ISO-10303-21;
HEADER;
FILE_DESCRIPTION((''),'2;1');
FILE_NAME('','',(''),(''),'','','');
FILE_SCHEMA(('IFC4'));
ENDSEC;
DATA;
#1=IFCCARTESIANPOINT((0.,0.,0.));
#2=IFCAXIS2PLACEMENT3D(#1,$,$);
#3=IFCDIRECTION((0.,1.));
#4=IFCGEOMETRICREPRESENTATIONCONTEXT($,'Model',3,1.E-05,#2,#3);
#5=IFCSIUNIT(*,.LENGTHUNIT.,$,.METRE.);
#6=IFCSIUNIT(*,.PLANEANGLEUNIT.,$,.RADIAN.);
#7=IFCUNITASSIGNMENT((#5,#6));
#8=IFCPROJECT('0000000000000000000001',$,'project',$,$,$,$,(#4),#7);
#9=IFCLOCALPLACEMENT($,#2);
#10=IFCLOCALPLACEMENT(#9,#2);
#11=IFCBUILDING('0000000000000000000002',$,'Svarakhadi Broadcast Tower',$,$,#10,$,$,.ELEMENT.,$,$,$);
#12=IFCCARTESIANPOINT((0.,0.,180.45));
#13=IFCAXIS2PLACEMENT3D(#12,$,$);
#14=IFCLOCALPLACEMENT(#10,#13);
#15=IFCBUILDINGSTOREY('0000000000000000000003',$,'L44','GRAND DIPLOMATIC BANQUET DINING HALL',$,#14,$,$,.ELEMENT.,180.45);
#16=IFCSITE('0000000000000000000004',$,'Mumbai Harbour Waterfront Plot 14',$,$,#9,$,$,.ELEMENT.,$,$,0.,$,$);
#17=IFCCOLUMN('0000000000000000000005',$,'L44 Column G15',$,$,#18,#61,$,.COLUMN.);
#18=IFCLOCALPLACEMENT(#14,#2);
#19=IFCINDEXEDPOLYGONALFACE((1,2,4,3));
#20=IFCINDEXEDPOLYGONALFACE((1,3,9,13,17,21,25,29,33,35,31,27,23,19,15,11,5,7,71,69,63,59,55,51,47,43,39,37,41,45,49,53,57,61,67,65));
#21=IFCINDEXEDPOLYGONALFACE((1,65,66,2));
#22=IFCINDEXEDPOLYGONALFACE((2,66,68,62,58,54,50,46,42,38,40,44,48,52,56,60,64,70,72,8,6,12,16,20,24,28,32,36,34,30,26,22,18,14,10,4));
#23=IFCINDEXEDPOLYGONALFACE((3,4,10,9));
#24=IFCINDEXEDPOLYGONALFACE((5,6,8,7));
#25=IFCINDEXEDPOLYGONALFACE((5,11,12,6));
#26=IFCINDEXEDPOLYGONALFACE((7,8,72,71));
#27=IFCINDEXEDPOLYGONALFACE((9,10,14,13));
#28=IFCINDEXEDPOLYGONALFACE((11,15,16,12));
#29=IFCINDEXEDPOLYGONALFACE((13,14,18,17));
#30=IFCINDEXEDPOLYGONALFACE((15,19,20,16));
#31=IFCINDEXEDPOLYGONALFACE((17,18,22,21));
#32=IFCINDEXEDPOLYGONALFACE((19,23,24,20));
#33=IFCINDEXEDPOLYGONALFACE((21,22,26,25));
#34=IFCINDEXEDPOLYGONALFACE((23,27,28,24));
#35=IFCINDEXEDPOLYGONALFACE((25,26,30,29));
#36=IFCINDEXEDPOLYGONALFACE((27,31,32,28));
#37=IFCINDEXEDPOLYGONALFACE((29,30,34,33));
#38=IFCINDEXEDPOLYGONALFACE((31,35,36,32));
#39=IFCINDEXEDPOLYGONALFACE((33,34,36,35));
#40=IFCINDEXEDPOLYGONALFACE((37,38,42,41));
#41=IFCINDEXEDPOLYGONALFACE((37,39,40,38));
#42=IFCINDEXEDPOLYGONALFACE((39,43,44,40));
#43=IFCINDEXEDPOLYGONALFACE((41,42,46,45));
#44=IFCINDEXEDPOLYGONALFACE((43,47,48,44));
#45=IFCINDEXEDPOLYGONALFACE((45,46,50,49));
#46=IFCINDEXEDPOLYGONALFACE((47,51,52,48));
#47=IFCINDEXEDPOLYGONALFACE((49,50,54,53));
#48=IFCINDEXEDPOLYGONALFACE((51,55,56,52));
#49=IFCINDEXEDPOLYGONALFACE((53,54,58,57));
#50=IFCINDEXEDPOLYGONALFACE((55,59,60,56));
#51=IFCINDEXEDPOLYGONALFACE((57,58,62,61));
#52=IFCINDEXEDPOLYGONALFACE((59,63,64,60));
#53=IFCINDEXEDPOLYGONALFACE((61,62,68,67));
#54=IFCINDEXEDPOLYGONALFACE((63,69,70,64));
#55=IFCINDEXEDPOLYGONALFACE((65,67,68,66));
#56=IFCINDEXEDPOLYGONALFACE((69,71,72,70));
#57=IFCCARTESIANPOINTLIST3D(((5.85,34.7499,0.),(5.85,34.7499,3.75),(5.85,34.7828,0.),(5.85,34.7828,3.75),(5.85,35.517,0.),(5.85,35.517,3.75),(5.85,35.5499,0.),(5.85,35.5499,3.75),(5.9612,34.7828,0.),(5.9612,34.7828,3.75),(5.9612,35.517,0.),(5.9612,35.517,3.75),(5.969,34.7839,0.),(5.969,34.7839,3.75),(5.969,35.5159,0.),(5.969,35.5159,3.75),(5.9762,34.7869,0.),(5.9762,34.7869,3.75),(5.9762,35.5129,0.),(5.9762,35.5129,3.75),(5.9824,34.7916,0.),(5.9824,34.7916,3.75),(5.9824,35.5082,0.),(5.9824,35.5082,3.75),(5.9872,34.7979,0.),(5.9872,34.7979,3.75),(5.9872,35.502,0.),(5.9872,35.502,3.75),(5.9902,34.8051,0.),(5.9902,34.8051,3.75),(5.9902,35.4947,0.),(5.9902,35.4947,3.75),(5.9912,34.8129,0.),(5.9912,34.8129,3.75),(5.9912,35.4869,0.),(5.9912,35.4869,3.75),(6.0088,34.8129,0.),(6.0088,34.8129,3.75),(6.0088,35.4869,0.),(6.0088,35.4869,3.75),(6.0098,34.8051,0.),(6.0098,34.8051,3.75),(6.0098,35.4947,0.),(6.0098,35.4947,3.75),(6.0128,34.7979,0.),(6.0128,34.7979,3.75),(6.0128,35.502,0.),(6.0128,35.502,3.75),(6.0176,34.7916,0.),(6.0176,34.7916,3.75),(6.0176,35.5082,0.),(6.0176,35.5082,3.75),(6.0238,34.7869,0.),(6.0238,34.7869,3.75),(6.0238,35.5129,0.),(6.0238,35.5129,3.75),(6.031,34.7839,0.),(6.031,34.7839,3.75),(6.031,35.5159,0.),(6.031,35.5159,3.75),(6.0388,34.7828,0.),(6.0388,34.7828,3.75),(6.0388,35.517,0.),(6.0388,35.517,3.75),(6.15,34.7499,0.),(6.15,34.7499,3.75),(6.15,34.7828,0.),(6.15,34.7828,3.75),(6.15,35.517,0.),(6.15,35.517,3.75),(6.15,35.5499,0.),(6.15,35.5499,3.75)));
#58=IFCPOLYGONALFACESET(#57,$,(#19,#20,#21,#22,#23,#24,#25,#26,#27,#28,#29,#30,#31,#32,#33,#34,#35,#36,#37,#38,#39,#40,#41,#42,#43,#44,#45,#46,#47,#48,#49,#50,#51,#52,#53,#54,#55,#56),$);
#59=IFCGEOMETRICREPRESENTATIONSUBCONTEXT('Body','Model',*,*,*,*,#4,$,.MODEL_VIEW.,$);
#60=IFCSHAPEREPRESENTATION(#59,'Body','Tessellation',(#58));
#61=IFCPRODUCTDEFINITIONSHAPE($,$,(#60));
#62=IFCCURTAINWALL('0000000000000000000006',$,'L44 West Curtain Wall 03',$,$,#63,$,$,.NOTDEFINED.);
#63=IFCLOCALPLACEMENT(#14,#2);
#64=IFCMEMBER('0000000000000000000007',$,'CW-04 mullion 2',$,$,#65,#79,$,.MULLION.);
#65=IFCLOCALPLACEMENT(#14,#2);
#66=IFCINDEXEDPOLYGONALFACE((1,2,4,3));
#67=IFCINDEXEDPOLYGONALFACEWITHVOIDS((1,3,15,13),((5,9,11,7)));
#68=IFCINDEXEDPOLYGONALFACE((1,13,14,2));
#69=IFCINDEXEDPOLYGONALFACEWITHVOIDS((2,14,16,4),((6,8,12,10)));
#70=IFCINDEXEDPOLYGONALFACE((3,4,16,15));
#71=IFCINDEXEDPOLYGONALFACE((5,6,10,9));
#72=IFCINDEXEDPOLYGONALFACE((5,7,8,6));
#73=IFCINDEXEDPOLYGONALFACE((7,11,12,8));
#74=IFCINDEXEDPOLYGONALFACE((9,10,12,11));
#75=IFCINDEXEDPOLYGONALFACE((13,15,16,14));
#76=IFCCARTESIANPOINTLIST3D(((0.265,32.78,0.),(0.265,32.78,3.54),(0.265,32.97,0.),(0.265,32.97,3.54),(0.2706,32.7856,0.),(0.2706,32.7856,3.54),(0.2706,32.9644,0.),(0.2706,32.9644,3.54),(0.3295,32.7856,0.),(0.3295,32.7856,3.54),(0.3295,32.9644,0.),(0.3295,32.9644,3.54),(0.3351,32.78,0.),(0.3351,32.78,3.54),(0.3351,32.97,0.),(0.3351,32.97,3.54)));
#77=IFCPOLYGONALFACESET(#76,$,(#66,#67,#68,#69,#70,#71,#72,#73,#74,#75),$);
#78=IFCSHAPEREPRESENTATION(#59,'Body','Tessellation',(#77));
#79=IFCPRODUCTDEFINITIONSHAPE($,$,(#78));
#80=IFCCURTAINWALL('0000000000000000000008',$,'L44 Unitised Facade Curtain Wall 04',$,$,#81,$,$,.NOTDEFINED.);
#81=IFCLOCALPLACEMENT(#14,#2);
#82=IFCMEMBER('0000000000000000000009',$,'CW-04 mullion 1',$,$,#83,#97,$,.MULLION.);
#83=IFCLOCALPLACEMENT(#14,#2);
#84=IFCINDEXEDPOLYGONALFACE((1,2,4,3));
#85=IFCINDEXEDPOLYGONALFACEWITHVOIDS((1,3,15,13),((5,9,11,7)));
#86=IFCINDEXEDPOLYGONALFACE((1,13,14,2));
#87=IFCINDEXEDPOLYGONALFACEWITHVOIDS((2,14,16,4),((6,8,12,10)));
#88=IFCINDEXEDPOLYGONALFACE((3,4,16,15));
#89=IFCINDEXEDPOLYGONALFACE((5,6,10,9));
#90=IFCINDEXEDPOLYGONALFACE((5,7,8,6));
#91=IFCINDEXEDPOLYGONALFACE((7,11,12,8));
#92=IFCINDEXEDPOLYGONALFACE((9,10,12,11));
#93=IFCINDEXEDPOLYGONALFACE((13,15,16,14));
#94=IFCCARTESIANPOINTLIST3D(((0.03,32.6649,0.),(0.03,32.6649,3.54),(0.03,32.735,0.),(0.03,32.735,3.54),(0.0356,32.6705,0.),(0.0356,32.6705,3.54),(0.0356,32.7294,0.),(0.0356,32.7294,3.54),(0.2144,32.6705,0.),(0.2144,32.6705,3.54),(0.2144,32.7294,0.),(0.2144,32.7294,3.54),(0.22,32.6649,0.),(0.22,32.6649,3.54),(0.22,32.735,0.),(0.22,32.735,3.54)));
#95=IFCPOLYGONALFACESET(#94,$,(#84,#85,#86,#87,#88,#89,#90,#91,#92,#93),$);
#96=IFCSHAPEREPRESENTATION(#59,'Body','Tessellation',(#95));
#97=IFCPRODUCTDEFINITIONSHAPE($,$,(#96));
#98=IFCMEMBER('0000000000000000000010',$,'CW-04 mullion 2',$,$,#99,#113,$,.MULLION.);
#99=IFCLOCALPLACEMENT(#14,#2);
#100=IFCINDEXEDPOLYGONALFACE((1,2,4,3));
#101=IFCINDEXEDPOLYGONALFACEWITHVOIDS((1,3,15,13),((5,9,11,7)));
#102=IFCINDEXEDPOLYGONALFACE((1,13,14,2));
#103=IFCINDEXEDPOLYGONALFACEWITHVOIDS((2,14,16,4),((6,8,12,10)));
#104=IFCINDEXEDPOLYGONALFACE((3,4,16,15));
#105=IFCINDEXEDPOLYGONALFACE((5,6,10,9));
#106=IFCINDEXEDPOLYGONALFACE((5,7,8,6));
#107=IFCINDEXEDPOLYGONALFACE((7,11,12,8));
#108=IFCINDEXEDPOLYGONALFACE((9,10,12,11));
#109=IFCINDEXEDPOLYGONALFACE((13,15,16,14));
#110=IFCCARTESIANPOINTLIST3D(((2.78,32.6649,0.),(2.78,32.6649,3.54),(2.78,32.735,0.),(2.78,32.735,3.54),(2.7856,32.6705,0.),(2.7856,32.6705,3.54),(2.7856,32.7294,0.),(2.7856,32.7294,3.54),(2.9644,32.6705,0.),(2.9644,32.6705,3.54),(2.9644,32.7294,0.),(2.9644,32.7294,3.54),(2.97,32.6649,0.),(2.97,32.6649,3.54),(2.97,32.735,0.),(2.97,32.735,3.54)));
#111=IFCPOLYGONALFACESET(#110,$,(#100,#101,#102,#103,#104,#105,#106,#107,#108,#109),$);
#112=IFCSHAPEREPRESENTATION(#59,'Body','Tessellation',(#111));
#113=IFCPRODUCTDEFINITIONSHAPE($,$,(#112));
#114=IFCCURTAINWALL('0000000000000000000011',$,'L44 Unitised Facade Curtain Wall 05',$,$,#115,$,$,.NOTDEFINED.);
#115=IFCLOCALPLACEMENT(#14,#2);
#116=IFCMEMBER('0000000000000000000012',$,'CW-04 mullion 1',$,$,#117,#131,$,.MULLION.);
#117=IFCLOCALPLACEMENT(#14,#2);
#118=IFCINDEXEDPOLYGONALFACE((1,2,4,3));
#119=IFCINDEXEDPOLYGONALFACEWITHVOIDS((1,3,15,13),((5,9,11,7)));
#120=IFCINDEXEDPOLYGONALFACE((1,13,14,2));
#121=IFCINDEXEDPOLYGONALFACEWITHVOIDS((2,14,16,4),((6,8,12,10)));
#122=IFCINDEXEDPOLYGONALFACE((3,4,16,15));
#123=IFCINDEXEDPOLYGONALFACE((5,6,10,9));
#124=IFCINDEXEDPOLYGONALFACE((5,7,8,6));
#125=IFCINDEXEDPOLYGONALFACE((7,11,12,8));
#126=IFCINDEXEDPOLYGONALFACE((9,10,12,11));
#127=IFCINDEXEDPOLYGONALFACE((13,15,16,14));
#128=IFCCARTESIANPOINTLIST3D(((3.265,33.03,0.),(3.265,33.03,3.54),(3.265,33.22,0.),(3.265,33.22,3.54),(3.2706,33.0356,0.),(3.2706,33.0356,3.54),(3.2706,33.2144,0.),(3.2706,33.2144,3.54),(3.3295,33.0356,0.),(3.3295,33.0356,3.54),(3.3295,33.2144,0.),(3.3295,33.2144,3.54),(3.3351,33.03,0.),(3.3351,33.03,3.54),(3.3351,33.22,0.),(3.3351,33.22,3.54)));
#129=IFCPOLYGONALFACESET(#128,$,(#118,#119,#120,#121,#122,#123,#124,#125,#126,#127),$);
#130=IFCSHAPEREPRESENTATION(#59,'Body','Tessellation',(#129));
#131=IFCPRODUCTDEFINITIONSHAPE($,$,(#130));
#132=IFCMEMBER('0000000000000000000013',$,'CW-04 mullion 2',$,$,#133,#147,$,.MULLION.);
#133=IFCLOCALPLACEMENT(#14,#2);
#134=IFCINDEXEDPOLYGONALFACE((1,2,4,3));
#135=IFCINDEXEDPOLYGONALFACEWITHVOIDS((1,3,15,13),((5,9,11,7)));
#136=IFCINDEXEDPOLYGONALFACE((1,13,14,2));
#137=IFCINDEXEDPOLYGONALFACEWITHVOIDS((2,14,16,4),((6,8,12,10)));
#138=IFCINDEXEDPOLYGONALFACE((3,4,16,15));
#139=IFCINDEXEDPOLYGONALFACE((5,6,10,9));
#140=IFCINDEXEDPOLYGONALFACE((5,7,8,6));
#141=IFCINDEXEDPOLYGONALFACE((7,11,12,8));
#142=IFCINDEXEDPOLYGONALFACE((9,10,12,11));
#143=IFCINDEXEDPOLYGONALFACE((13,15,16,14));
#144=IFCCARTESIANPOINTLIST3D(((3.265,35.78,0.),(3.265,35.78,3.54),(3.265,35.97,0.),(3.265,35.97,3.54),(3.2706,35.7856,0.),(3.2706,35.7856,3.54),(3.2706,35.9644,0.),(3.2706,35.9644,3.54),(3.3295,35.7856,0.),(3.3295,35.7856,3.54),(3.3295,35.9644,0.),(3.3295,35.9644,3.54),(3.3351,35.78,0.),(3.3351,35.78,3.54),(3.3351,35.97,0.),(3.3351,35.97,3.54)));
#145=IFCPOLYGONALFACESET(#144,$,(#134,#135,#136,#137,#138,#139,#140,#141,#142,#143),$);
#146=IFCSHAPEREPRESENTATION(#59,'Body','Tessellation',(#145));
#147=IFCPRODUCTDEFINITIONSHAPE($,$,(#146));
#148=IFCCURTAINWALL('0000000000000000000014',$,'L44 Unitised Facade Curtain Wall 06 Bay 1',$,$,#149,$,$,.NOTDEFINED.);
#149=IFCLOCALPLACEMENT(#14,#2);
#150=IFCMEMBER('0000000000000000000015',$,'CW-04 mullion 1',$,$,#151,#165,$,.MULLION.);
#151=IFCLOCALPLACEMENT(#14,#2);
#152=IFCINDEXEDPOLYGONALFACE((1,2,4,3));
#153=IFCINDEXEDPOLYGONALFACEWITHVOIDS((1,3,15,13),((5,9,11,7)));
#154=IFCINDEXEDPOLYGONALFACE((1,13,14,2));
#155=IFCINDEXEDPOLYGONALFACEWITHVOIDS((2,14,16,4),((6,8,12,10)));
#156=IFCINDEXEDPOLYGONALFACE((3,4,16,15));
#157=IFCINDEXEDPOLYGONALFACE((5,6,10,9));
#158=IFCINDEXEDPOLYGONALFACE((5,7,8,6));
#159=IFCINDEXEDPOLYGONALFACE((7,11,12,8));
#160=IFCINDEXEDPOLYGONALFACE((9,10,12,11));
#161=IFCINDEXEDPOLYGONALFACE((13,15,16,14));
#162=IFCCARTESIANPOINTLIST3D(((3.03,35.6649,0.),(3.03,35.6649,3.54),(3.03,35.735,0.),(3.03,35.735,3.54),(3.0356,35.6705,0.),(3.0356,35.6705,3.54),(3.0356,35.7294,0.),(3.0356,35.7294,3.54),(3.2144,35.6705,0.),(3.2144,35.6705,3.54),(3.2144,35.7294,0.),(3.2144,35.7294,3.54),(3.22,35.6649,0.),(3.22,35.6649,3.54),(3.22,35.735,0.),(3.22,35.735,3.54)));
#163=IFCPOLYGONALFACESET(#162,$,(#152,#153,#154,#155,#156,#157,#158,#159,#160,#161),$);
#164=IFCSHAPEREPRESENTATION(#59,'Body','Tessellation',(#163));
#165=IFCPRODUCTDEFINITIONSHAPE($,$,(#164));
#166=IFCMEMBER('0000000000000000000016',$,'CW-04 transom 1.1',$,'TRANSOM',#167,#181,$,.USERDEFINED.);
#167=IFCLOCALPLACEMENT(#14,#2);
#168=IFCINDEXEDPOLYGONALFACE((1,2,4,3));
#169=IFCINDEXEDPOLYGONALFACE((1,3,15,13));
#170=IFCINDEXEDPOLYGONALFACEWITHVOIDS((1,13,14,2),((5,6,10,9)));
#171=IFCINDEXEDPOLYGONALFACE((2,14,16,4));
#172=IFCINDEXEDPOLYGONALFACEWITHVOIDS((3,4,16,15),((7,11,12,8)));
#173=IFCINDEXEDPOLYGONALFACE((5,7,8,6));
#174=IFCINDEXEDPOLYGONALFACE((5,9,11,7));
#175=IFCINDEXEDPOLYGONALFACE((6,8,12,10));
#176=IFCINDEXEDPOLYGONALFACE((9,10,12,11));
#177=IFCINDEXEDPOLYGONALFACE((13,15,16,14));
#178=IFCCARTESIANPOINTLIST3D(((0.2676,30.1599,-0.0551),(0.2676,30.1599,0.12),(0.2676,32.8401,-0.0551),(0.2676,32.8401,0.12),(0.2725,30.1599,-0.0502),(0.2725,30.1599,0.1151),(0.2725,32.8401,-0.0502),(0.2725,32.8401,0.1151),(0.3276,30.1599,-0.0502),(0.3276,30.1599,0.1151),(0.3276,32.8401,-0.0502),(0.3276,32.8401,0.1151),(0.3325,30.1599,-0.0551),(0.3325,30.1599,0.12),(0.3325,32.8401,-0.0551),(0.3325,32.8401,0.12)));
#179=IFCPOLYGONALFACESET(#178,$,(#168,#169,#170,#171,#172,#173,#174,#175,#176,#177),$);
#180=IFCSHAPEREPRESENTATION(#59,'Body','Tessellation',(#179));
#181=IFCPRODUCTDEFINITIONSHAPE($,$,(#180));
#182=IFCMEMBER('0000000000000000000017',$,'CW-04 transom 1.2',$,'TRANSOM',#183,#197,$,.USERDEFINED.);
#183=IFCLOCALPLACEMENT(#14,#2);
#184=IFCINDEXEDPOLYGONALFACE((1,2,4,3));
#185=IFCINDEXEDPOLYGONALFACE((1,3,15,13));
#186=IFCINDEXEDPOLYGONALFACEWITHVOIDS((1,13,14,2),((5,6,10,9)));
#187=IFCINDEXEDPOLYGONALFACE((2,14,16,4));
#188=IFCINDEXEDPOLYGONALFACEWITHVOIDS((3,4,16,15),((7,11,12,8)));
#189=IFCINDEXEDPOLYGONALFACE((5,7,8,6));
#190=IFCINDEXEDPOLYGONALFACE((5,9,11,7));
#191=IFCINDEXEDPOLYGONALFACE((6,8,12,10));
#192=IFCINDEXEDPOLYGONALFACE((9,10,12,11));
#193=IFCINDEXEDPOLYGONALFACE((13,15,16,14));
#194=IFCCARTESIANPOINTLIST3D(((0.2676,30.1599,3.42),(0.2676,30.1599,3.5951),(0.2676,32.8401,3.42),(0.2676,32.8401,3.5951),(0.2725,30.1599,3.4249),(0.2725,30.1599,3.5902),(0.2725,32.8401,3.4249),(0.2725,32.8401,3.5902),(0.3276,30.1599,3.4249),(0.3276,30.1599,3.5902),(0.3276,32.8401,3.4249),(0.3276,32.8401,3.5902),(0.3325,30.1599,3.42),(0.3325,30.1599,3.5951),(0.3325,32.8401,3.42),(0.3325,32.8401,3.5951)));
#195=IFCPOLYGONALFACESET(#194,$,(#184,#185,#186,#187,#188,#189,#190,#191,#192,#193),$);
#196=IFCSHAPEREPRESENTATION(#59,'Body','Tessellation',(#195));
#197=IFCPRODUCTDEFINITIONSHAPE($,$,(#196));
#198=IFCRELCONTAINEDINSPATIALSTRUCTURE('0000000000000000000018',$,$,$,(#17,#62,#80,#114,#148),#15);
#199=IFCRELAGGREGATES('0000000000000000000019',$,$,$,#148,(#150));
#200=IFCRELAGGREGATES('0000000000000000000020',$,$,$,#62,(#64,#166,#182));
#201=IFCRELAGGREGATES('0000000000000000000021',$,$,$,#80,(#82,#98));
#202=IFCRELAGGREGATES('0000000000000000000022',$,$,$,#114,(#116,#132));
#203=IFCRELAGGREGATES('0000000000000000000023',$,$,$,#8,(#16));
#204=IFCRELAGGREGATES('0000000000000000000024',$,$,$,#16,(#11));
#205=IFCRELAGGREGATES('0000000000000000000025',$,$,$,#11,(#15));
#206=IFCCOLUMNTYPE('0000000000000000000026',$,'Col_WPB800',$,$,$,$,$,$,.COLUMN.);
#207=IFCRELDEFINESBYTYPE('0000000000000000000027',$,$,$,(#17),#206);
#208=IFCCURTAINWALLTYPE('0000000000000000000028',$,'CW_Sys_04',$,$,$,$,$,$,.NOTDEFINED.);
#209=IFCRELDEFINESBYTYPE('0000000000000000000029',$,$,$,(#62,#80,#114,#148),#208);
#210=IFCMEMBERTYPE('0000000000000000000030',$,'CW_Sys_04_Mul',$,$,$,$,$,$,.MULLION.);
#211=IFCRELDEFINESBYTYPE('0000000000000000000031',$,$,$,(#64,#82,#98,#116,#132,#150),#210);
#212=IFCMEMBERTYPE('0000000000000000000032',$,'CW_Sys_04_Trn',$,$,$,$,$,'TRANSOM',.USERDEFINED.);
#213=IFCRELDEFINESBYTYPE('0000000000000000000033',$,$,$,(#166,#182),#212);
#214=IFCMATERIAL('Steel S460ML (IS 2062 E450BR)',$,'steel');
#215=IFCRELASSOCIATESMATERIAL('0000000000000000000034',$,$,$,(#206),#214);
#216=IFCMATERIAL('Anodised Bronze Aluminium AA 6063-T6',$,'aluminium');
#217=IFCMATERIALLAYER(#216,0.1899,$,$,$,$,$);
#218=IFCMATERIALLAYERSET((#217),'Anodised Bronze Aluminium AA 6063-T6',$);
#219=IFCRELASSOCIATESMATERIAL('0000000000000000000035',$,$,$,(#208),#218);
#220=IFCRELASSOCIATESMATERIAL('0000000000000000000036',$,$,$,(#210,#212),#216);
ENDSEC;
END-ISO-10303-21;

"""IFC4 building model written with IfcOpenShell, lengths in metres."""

from ifc_helpers import new_model, si_unit, direction, frame, origin, origin_2d, place, context, subcontext, project, spatial, hollow_rectangle, i_section, extrude, material, layer, layer_set, material_profile, profile_set, type_object, element, aggregate, save


model = new_model("IFC4")

# Units and contexts
model_context = context("Model", 3, precision=1e-05, world=origin(), true_north=direction((0.0, 1.0)))
body_context = subcontext(model_context, "Body", "Model", "MODEL_VIEW")
ifc_project = project(units=[si_unit("LENGTHUNIT", "METRE"), si_unit("PLANEANGLEUNIT", "RADIAN")], contexts=[model_context])

# Site, building, storey
site_placement = place(None, origin())
site = spatial("IfcSite", under=ifc_project, at=site_placement, Name="Mumbai Harbour Waterfront Plot 14", CompositionType="ELEMENT", RefElevation=0.0)
building_placement = place(site_placement, origin())
building = spatial("IfcBuilding", under=site, at=building_placement, Name="Svarakhadi Broadcast Tower", CompositionType="ELEMENT")
storey_placement = place(building_placement, frame((0.0, 0.0, 180.45)))
storey = spatial("IfcBuildingStorey", under=building, at=storey_placement, Name="L44", Description="GRAND DIPLOMATIC BANQUET DINING HALL", CompositionType="ELEMENT", Elevation=180.45)

# Column
ifc_material_1 = material(Name="Steel S460ML (IS 2062 E450BR)", Category="steel")
ifc_material_profile_1 = material_profile(ifc_material_1, i_section(OverallWidth=0.3, OverallDepth=0.8, WebThickness=0.0176, FlangeThickness=0.033, FilletRadius=0.03, at=origin_2d()), Name="WPB 800x300x262")
ifc_profile_set_1 = profile_set([ifc_material_profile_1], Name="Steel S460ML (IS 2062 E450BR)")
column_type = type_object("IfcColumnType", Name="Col_WPB800", PredefinedType="COLUMN", material=ifc_profile_set_1)
column_placement = place(storey_placement, frame((6.0, 35.1499, 0.0), z_axis=(0.0, 0.0, 1.0), x_axis=(1.0, 0.0, 0.0)))
element("IfcColumn", 1, at=column_placement, inside=storey, type_object=column_type, Name="L44 Column G15", PredefinedType="COLUMN", context=body_context, shape_type="SweptSolid", body=[
    extrude(i_section(OverallWidth=0.3, OverallDepth=0.8, WebThickness=0.0176, FlangeThickness=0.033, FilletRadius=0.03, at=origin_2d()), origin(), (0.0, 0.0, 1.0), 3.75),
])

# Curtain wall, member
ifc_material_2 = material(Name="Anodised Bronze Aluminium AA 6063-T6", Category="aluminium")
ifc_layer_1 = layer(ifc_material_2, 0.1899)
ifc_layer_set_1 = layer_set([ifc_layer_1], Name="Anodised Bronze Aluminium AA 6063-T6")
curtain_wall_type = type_object("IfcCurtainWallType", Name="CW_Sys_04", PredefinedType="NOTDEFINED", material=ifc_layer_set_1)
curtain_wall_1_placement = place(storey_placement, origin())
curtain_wall_1 = element("IfcCurtainWall", 2, at=curtain_wall_1_placement, inside=storey, type_object=curtain_wall_type, Name="L44 West Curtain Wall 03", PredefinedType="NOTDEFINED")
ifc_material_profile_2 = material_profile(ifc_material_2, hollow_rectangle(XDim=0.0701, YDim=0.1899, WallThickness=0.0056, at=origin_2d()), Name="ALU MULLION 190x70x6")
ifc_profile_set_2 = profile_set([ifc_material_profile_2], Name="Anodised Bronze Aluminium AA 6063-T6")
member_type_1 = type_object("IfcMemberType", Name="CW_Sys_04_Mul", PredefinedType="MULLION", material=ifc_profile_set_2)
member_1_placement = place(storey_placement, frame((0.3, 32.875, 0.0), z_axis=(0.0, 0.0, 1.0), x_axis=(-1.0, 0.0, 0.0)))
member_1 = element("IfcMember", 3, at=member_1_placement, type_object=member_type_1, Name="CW-04 mullion 2", PredefinedType="MULLION", context=body_context, shape_type="SweptSolid", body=[
    extrude(hollow_rectangle(XDim=0.0701, YDim=0.1899, WallThickness=0.0056, at=origin_2d()), origin(), (0.0, 0.0, 1.0), 3.54),
])

# Curtain walls, members
curtain_wall_2_placement = place(storey_placement, origin())
curtain_wall_2 = element("IfcCurtainWall", 4, at=curtain_wall_2_placement, inside=storey, type_object=curtain_wall_type, Name="L44 Unitised Facade Curtain Wall 04", PredefinedType="NOTDEFINED")
member_2_placement = place(storey_placement, frame((0.125, 32.7, 0.0), z_axis=(0.0, 0.0, 1.0), x_axis=(0.0, 1.0, 0.0)))
member_2 = element("IfcMember", 5, at=member_2_placement, type_object=member_type_1, Name="CW-04 mullion 1", PredefinedType="MULLION", context=body_context, shape_type="SweptSolid", body=[
    extrude(hollow_rectangle(XDim=0.0701, YDim=0.1899, WallThickness=0.0056, at=origin_2d()), origin(), (0.0, 0.0, 1.0), 3.54),
])
member_3_placement = place(storey_placement, frame((2.875, 32.7, 0.0), z_axis=(0.0, 0.0, 1.0), x_axis=(0.0, 1.0, 0.0)))
member_3 = element("IfcMember", 6, at=member_3_placement, type_object=member_type_1, Name="CW-04 mullion 2", PredefinedType="MULLION", context=body_context, shape_type="SweptSolid", body=[
    extrude(hollow_rectangle(XDim=0.0701, YDim=0.1899, WallThickness=0.0056, at=origin_2d()), origin(), (0.0, 0.0, 1.0), 3.54),
])
curtain_wall_3_placement = place(storey_placement, origin())
curtain_wall_3 = element("IfcCurtainWall", 7, at=curtain_wall_3_placement, inside=storey, type_object=curtain_wall_type, Name="L44 Unitised Facade Curtain Wall 05", PredefinedType="NOTDEFINED")
member_4_placement = place(storey_placement, frame((3.3, 33.125, 0.0), z_axis=(0.0, 0.0, 1.0), x_axis=(-1.0, 0.0, 0.0)))
member_4 = element("IfcMember", 8, at=member_4_placement, type_object=member_type_1, Name="CW-04 mullion 1", PredefinedType="MULLION", context=body_context, shape_type="SweptSolid", body=[
    extrude(hollow_rectangle(XDim=0.0701, YDim=0.1899, WallThickness=0.0056, at=origin_2d()), origin(), (0.0, 0.0, 1.0), 3.54),
])
member_5_placement = place(storey_placement, frame((3.3, 35.875, 0.0), z_axis=(0.0, 0.0, 1.0), x_axis=(-1.0, 0.0, 0.0)))
member_5 = element("IfcMember", 9, at=member_5_placement, type_object=member_type_1, Name="CW-04 mullion 2", PredefinedType="MULLION", context=body_context, shape_type="SweptSolid", body=[
    extrude(hollow_rectangle(XDim=0.0701, YDim=0.1899, WallThickness=0.0056, at=origin_2d()), origin(), (0.0, 0.0, 1.0), 3.54),
])

# Curtain wall, member
curtain_wall_4_placement = place(storey_placement, origin())
curtain_wall_4 = element("IfcCurtainWall", 10, at=curtain_wall_4_placement, inside=storey, type_object=curtain_wall_type, Name="L44 Unitised Facade Curtain Wall 06 Bay 1", PredefinedType="NOTDEFINED")
member_6_placement = place(storey_placement, frame((3.125, 35.7, 0.0), z_axis=(0.0, 0.0, 1.0), x_axis=(0.0, 1.0, 0.0)))
member_6 = element("IfcMember", 11, at=member_6_placement, type_object=member_type_1, Name="CW-04 mullion 1", PredefinedType="MULLION", context=body_context, shape_type="SweptSolid", body=[
    extrude(hollow_rectangle(XDim=0.0701, YDim=0.1899, WallThickness=0.0056, at=origin_2d()), origin(), (0.0, 0.0, 1.0), 3.54),
])

# Members
ifc_material_profile_3 = material_profile(ifc_material_2, hollow_rectangle(XDim=0.0649, YDim=0.175, WallThickness=0.0049, at=origin_2d()), Name="ALU TRANSOM 175x65x5")
ifc_profile_set_3 = profile_set([ifc_material_profile_3], Name="Anodised Bronze Aluminium AA 6063-T6")
member_type_2 = type_object("IfcMemberType", Name="CW_Sys_04_Trn", ElementType="TRANSOM", PredefinedType="USERDEFINED", material=ifc_profile_set_3)
member_7_placement = place(storey_placement, frame((0.3, 30.1599, 0.0325), z_axis=(0.0, 1.0, 0.0), x_axis=(-1.0, 0.0, 0.0)))
member_7 = element("IfcMember", 12, at=member_7_placement, type_object=member_type_2, Name="CW-04 transom 1.1", ObjectType="TRANSOM", PredefinedType="USERDEFINED", context=body_context, shape_type="SweptSolid", body=[
    extrude(hollow_rectangle(XDim=0.0649, YDim=0.175, WallThickness=0.0049, at=origin_2d()), origin(), (0.0, 0.0, 1.0), 2.6802),
])
member_8_placement = place(storey_placement, frame((0.3, 30.1599, 3.5076), z_axis=(0.0, 1.0, 0.0), x_axis=(-1.0, 0.0, 0.0)))
member_8 = element("IfcMember", 13, at=member_8_placement, type_object=member_type_2, Name="CW-04 transom 1.2", ObjectType="TRANSOM", PredefinedType="USERDEFINED", context=body_context, shape_type="SweptSolid", body=[
    extrude(hollow_rectangle(XDim=0.0649, YDim=0.175, WallThickness=0.0049, at=origin_2d()), origin(), (0.0, 0.0, 1.0), 2.6802),
])
aggregate(curtain_wall_4, [member_6])

aggregate(curtain_wall_1, [member_1, member_7, member_8])
aggregate(curtain_wall_2, [member_2, member_3])
aggregate(curtain_wall_3, [member_4, member_5])

save(model, "model.ifc")
